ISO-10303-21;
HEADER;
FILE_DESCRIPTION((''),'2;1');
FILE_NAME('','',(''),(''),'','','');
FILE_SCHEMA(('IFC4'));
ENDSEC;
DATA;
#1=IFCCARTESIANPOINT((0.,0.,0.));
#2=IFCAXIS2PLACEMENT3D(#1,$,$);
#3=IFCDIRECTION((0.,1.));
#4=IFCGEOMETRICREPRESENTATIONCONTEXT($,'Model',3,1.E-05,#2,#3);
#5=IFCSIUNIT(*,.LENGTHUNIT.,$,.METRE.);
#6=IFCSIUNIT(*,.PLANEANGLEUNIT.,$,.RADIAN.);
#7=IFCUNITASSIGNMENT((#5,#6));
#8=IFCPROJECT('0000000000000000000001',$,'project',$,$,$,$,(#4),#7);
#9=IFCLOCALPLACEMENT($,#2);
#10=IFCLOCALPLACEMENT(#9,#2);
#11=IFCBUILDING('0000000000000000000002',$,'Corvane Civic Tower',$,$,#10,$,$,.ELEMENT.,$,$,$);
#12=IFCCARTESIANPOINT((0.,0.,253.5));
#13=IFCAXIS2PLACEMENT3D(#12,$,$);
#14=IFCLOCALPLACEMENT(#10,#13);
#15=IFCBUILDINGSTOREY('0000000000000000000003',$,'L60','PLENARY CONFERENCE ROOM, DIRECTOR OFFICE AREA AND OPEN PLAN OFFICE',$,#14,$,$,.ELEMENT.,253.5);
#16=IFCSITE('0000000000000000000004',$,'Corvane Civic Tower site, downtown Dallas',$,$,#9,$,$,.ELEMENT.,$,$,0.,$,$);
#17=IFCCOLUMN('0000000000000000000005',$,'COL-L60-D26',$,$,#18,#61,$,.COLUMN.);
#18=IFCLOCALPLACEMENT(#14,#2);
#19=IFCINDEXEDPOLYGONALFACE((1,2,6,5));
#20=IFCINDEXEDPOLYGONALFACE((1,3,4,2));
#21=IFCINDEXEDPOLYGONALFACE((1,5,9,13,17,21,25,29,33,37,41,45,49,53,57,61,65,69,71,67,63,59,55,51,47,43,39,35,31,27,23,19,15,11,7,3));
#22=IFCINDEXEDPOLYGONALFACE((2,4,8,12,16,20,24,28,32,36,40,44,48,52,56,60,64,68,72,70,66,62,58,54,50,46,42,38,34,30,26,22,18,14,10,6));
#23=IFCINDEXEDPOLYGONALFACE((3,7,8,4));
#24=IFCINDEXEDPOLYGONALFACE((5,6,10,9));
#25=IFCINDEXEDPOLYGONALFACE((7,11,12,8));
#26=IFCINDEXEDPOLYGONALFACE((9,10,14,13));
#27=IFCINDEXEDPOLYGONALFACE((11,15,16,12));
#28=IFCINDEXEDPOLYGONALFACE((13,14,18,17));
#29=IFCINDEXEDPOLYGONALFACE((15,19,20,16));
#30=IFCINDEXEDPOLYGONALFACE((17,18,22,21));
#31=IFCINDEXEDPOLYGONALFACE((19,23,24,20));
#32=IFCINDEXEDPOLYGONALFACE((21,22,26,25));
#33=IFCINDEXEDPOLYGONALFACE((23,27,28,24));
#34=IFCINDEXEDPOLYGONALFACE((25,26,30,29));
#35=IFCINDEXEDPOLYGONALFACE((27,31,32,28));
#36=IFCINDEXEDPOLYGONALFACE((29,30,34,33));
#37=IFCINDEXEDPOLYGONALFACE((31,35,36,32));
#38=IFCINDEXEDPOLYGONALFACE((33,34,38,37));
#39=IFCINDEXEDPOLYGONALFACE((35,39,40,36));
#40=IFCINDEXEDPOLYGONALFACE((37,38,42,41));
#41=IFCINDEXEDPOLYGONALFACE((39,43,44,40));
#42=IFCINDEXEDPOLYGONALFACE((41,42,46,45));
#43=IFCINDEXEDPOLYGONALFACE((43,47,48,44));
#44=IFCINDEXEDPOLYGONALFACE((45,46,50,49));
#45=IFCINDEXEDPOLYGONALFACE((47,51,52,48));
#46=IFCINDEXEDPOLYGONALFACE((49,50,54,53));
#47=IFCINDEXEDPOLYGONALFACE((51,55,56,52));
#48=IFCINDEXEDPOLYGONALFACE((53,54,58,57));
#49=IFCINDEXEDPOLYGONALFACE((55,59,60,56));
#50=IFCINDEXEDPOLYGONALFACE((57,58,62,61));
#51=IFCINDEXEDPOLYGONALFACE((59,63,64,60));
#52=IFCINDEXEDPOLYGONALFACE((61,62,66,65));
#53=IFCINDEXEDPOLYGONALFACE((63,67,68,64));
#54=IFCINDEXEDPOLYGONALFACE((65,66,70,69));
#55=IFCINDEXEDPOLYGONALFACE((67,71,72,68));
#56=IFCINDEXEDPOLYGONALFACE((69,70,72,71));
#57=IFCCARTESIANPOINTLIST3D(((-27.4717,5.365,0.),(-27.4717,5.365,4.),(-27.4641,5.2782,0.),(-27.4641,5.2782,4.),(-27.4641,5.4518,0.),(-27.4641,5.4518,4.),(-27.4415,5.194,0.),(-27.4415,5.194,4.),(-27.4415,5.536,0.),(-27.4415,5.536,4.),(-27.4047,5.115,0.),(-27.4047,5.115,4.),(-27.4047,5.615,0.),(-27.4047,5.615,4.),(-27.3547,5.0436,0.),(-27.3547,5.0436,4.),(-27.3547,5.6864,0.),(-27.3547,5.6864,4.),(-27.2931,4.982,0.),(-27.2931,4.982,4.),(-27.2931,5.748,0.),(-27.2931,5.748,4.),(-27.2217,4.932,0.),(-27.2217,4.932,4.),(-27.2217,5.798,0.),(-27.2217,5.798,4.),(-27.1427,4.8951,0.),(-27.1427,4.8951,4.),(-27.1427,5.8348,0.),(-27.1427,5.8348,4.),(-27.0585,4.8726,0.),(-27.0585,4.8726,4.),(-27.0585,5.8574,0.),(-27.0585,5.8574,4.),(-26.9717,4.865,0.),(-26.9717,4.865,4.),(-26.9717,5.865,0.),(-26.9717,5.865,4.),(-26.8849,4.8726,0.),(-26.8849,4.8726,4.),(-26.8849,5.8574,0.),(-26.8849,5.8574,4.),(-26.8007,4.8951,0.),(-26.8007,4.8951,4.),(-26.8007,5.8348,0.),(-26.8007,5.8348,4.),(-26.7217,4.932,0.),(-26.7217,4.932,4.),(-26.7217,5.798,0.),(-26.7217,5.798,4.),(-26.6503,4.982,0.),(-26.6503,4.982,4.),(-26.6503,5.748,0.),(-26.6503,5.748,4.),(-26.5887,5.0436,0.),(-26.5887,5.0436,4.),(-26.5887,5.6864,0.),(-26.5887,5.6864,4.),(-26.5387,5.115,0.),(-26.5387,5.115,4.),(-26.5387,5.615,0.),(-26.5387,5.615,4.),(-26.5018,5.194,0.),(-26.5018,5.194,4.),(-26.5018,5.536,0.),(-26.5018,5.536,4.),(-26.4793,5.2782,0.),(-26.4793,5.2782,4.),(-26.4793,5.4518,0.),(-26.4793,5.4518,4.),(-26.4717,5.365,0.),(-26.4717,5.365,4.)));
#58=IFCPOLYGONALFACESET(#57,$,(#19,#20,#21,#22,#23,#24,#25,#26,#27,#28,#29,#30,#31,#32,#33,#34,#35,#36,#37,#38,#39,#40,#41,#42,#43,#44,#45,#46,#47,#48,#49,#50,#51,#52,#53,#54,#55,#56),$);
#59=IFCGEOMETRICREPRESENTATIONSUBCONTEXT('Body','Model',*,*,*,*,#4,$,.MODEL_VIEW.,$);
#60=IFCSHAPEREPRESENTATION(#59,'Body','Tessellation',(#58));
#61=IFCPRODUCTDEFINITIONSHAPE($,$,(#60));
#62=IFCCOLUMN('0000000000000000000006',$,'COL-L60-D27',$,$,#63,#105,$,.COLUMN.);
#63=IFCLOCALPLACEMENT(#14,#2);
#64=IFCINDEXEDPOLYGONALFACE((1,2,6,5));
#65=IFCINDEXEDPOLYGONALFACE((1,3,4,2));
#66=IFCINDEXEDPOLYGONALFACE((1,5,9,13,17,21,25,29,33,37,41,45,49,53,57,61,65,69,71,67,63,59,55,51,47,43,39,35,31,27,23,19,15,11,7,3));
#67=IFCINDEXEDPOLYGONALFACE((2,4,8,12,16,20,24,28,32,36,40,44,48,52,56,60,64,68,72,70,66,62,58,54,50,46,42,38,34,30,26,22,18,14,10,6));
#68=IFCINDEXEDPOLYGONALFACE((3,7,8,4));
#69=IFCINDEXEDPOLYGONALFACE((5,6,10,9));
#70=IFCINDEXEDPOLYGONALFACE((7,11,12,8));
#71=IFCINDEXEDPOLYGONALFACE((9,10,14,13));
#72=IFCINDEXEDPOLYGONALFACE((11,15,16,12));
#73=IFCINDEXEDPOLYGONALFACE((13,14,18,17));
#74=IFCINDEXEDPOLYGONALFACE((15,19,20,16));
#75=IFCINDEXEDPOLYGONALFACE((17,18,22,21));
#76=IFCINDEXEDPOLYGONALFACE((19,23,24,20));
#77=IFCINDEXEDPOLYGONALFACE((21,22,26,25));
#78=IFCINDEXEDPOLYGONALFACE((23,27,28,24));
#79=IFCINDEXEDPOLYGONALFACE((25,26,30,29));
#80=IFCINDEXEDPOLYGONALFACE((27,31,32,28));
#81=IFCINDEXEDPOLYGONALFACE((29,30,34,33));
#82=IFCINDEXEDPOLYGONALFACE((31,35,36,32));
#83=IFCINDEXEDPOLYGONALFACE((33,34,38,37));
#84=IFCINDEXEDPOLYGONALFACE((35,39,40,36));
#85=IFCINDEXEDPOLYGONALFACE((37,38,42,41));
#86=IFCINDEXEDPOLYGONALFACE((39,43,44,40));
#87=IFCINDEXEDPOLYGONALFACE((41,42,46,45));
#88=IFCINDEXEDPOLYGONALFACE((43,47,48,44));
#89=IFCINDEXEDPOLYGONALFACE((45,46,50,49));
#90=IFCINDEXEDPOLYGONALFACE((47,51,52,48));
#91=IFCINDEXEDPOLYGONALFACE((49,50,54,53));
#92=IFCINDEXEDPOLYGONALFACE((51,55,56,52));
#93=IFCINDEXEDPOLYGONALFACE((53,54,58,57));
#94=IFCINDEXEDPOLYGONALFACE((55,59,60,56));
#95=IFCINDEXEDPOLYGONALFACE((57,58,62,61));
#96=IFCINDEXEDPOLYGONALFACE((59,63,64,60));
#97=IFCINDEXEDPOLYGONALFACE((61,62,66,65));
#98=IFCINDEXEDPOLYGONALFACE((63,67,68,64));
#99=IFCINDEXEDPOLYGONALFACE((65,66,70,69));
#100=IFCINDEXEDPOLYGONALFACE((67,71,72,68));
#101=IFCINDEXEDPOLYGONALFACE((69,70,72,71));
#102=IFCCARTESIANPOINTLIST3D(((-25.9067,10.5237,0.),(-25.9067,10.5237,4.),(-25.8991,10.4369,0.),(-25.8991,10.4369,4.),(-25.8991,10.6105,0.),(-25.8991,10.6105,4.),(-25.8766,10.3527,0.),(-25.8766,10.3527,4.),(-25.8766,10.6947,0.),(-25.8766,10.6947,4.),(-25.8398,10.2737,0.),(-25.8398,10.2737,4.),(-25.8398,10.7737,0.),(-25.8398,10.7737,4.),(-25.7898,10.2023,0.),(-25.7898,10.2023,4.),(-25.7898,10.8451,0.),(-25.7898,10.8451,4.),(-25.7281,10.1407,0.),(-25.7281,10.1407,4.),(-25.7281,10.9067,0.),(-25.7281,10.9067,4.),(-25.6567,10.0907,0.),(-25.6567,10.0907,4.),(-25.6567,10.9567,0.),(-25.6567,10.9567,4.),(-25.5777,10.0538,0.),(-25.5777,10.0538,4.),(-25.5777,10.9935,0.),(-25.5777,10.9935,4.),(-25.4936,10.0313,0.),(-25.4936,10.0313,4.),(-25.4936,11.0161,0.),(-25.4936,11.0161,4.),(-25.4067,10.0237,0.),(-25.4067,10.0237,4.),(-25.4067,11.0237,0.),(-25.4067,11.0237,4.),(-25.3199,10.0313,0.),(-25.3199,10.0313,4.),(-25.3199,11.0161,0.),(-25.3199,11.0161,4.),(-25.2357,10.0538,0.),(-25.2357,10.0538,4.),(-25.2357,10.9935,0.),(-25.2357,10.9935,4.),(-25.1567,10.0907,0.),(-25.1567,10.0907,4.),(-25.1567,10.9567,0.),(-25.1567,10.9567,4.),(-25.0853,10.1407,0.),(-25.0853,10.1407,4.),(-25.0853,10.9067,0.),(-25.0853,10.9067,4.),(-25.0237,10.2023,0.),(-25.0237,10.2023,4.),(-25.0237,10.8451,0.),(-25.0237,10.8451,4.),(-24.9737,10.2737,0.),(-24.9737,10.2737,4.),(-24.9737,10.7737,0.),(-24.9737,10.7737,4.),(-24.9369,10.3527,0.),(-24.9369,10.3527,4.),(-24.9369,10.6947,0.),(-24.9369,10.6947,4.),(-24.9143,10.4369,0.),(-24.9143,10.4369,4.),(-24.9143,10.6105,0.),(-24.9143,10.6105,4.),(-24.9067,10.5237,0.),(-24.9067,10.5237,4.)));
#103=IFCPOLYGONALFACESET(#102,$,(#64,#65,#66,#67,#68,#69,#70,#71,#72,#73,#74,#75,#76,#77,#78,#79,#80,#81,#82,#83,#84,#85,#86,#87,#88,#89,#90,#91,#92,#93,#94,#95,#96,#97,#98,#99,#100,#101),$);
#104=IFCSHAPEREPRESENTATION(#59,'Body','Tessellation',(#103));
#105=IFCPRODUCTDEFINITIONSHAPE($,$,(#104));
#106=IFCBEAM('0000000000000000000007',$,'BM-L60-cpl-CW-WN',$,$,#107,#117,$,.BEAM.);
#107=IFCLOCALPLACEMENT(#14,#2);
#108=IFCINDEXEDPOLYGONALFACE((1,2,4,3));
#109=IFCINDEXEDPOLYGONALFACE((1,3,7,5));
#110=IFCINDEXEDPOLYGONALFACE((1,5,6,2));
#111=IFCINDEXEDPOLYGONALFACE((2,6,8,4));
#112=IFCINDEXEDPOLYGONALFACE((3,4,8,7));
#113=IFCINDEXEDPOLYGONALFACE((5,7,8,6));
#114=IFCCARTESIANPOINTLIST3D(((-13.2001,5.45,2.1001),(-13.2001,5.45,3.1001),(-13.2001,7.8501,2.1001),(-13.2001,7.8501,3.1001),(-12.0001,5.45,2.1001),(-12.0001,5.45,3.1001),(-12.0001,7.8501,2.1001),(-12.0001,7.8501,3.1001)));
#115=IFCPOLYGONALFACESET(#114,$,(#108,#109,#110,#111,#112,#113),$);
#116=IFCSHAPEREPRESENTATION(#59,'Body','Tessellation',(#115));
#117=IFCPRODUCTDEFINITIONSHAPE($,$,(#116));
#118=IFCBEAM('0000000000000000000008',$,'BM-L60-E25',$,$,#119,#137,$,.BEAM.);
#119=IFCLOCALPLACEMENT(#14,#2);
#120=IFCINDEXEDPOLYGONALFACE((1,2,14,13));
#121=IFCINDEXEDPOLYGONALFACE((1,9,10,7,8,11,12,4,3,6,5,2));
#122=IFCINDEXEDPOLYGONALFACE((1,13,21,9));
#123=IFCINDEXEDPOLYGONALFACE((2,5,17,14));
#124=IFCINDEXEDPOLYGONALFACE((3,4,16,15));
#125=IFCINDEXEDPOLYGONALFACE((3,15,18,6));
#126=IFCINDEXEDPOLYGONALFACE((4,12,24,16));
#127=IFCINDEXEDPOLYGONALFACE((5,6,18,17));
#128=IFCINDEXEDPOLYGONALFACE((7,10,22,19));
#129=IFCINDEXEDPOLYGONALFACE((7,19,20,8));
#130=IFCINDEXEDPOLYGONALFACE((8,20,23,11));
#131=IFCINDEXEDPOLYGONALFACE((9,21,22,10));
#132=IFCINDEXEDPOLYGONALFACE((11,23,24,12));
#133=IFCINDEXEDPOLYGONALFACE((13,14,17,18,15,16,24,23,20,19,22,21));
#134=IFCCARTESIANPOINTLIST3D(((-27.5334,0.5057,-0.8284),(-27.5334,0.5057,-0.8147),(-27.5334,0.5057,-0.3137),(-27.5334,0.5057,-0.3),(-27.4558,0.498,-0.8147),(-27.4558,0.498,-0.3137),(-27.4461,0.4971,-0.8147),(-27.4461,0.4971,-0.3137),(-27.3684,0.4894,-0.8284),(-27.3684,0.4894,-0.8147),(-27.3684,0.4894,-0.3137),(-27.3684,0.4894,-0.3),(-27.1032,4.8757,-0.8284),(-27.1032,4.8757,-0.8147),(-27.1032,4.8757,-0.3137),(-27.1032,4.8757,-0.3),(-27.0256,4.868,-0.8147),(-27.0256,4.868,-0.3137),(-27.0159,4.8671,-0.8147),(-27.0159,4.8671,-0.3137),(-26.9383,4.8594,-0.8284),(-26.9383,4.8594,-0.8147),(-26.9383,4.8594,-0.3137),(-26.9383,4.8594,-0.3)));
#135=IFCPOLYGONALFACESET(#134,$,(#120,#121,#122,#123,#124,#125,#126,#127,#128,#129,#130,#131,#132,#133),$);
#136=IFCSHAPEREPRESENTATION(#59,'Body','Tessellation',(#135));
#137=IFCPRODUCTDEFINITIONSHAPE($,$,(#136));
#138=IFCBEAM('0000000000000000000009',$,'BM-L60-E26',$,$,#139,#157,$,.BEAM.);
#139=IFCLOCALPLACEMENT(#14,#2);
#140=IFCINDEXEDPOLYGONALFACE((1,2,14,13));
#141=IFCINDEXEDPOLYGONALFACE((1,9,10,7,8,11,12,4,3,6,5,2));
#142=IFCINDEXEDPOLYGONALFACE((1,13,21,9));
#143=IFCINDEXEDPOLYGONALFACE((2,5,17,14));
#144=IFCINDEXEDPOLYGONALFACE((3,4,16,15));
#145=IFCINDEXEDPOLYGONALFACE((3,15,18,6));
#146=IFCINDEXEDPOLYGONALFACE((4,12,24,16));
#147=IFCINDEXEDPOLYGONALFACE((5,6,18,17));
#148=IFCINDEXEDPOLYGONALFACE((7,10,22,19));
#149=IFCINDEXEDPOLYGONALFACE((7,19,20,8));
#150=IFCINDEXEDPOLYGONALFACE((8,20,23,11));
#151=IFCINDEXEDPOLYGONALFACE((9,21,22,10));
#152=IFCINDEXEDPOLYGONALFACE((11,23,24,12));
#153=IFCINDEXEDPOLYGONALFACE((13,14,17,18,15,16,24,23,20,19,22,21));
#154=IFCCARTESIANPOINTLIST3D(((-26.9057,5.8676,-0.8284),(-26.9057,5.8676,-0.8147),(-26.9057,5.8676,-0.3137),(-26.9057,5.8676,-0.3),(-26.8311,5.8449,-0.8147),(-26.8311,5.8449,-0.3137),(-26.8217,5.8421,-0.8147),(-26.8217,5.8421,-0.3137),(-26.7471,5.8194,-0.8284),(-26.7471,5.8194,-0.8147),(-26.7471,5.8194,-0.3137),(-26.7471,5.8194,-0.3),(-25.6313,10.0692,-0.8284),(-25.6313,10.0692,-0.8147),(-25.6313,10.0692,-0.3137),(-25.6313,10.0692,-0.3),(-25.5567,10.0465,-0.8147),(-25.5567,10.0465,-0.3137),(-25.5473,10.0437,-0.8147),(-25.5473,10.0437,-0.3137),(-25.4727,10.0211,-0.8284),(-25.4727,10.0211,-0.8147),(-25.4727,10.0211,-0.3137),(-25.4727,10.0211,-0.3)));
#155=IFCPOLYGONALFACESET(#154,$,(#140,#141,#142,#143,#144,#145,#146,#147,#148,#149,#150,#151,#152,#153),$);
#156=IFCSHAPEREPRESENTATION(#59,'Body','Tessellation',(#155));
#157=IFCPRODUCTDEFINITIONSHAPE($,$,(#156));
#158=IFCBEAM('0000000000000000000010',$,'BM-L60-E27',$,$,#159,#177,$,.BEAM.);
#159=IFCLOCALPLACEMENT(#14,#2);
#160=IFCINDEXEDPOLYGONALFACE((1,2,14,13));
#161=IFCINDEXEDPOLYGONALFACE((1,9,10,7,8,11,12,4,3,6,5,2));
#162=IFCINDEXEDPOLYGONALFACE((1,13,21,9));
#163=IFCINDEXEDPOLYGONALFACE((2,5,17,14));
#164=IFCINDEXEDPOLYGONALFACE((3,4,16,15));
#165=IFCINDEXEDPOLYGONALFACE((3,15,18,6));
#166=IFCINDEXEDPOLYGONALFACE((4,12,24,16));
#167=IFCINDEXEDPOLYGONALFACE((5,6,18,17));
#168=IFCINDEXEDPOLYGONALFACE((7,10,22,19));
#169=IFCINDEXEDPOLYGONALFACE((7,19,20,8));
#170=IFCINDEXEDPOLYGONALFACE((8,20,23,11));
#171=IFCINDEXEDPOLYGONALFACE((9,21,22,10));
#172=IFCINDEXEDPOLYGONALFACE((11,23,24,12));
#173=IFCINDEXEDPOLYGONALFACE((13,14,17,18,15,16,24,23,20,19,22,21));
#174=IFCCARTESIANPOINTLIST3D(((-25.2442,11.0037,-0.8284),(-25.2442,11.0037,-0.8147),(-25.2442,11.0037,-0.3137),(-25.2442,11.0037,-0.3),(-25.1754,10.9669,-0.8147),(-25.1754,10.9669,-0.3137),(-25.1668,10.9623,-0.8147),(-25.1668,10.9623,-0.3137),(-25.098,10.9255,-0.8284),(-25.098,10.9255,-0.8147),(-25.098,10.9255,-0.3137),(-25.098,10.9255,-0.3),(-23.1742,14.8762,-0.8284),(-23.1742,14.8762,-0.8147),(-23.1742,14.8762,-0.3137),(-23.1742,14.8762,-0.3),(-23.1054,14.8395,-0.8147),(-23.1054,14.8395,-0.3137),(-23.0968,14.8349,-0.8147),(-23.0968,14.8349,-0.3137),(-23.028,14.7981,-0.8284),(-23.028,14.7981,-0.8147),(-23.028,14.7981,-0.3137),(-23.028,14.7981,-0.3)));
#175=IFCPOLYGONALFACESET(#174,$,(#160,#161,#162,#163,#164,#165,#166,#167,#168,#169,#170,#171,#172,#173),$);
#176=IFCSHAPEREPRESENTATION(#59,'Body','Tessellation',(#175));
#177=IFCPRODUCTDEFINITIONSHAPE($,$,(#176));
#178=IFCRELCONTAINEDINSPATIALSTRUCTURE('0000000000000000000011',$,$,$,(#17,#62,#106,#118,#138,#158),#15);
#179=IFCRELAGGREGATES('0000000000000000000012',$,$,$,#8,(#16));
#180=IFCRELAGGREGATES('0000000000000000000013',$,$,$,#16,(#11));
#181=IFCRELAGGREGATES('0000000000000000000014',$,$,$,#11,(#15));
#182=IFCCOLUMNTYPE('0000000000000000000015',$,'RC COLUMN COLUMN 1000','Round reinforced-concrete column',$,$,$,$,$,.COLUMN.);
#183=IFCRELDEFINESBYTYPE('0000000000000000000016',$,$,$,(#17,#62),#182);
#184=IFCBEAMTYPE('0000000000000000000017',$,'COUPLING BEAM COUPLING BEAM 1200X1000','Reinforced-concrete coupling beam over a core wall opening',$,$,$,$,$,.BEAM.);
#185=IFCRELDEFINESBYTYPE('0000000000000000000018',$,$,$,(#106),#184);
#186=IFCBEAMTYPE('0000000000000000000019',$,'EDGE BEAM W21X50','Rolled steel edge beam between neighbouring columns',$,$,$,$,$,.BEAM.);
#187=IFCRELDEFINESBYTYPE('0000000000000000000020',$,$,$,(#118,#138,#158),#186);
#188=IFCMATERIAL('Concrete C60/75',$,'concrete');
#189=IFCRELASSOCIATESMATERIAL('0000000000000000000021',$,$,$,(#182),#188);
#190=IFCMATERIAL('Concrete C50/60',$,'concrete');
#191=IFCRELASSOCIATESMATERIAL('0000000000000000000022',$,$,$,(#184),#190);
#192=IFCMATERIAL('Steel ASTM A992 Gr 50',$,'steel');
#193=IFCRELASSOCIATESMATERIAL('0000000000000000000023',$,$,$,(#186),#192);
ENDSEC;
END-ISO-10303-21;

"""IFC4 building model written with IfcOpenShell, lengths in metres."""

from ifc_helpers import new_model, si_unit, direction, frame, origin, origin_2d, place, context, subcontext, project, spatial, rectangle, circle, i_section, extrude, material, material_profile, profile_set, type_object, element, save


model = new_model("IFC4")

# Units and contexts
model_context = context("Model", 3, precision=1e-05, world=origin(), true_north=direction((0.0, 1.0)))
body_context = subcontext(model_context, "Body", "Model", "MODEL_VIEW")
ifc_project = project(units=[si_unit("LENGTHUNIT", "METRE"), si_unit("PLANEANGLEUNIT", "RADIAN")], contexts=[model_context])

# Site, building, storey
site_placement = place(None, origin())
site = spatial("IfcSite", under=ifc_project, at=site_placement, Name="Corvane Civic Tower site, downtown Dallas", CompositionType="ELEMENT", RefElevation=0.0)
building_placement = place(site_placement, origin())
building = spatial("IfcBuilding", under=site, at=building_placement, Name="Corvane Civic Tower", CompositionType="ELEMENT")
storey_placement = place(building_placement, frame((0.0, 0.0, 253.5)))
storey = spatial("IfcBuildingStorey", under=building, at=storey_placement, Name="L60", Description="PLENARY CONFERENCE ROOM, DIRECTOR OFFICE AREA AND OPEN PLAN OFFICE", CompositionType="ELEMENT", Elevation=253.5)

# Columns
ifc_material_1 = material(Name="Concrete C60/75", Category="concrete")
ifc_material_profile_1 = material_profile(ifc_material_1, circle(Radius=0.5, at=origin_2d()), Name="COLUMN 1000")
ifc_profile_set_1 = profile_set([ifc_material_profile_1], Name="Concrete C60/75")
column_type = type_object("IfcColumnType", Name="RC COLUMN COLUMN 1000", Description="Round reinforced-concrete column", PredefinedType="COLUMN", material=ifc_profile_set_1)
for number, where, z_axis, x_axis, name in (
    (1, (-26.9717, 5.365, 0.0), (0.0, 0.0, 1.0), (1.0, 0.0, 0.0), "COL-L60-D26"),
    (2, (-25.4067, 10.5237, 0.0), (0.0, 0.0, 1.0), (1.0, 0.0, 0.0), "COL-L60-D27"),
):
    element("IfcColumn", number, at=place(storey_placement, frame(where, z_axis=z_axis, x_axis=x_axis)), inside=storey, type_object=column_type, Name=name, PredefinedType="COLUMN", context=body_context, shape_type="SweptSolid", body=[
        extrude(circle(Radius=0.5, at=origin_2d()), origin(), (0.0, 0.0, 1.0), 4.0),
    ])

# Beams
ifc_material_2 = material(Name="Concrete C50/60", Category="concrete")
ifc_material_profile_2 = material_profile(ifc_material_2, rectangle(XDim=1.2, YDim=1.0, at=origin_2d()), Name="COUPLING BEAM 1200X1000")
ifc_profile_set_2 = profile_set([ifc_material_profile_2], Name="Concrete C50/60")
beam_type_1 = type_object("IfcBeamType", Name="COUPLING BEAM COUPLING BEAM 1200X1000", Description="Reinforced-concrete coupling beam over a core wall opening", PredefinedType="BEAM", material=ifc_profile_set_2)
beam_1_placement = place(storey_placement, frame((-12.6001, 5.45, 2.6001), z_axis=(0.0, 1.0, 0.0), x_axis=(-1.0, 0.0, 0.0)))
element("IfcBeam", 3, at=beam_1_placement, inside=storey, type_object=beam_type_1, Name="BM-L60-cpl-CW-WN", PredefinedType="BEAM", context=body_context, shape_type="SweptSolid", body=[
    extrude(rectangle(XDim=1.2, YDim=1.0, at=origin_2d()), origin(), (0.0, 0.0, 1.0), 2.4001),
])
ifc_material_3 = material(Name="Steel ASTM A992 Gr 50", Category="steel")
ifc_material_profile_3 = material_profile(ifc_material_3, i_section(OverallWidth=0.1658, OverallDepth=0.5283, WebThickness=0.0098, FlangeThickness=0.0137, at=origin_2d()), Name="W21X50")
ifc_profile_set_3 = profile_set([ifc_material_profile_3], Name="Steel ASTM A992 Gr 50")
beam_type_2 = type_object("IfcBeamType", Name="EDGE BEAM W21X50", Description="Rolled steel edge beam between neighbouring columns", PredefinedType="BEAM", material=ifc_profile_set_3)
beam_2_placement = place(storey_placement, frame((-27.4509, 0.4976, -0.5642), z_axis=(0.097968, 0.99519, 0.0), x_axis=(-0.99519, 0.097968, 0.0)))
element("IfcBeam", 4, at=beam_2_placement, inside=storey, type_object=beam_type_2, Name="BM-L60-E25", PredefinedType="BEAM", context=body_context, shape_type="SweptSolid", body=[
    extrude(i_section(OverallWidth=0.1658, OverallDepth=0.5283, WebThickness=0.0098, FlangeThickness=0.0137, at=origin_2d()), origin(), (0.0, 0.0, 1.0), 4.3911),
])
beam_3_placement = place(storey_placement, frame((-26.8264, 5.8435, -0.5642), z_axis=(0.290254, 0.95695, 0.0), x_axis=(-0.95695, 0.290254, 0.0)))
element("IfcBeam", 5, at=beam_3_placement, inside=storey, type_object=beam_type_2, Name="BM-L60-E26", PredefinedType="BEAM", context=body_context, shape_type="SweptSolid", body=[
    extrude(i_section(OverallWidth=0.1658, OverallDepth=0.5283, WebThickness=0.0098, FlangeThickness=0.0137, at=origin_2d()), origin(), (0.0, 0.0, 1.0), 4.3906),
])
beam_4_placement = place(storey_placement, frame((-25.1711, 10.9646, -0.5642), z_axis=(0.471422, 0.881908, 0.0), x_axis=(-0.881908, 0.471422, 0.0)))
element("IfcBeam", 6, at=beam_4_placement, inside=storey, type_object=beam_type_2, Name="BM-L60-E27", PredefinedType="BEAM", context=body_context, shape_type="SweptSolid", body=[
    extrude(i_section(OverallWidth=0.1658, OverallDepth=0.5283, WebThickness=0.0098, FlangeThickness=0.0137, at=origin_2d()), origin(), (0.0, 0.0, 1.0), 4.3911),
])

save(model, "model.ifc")
